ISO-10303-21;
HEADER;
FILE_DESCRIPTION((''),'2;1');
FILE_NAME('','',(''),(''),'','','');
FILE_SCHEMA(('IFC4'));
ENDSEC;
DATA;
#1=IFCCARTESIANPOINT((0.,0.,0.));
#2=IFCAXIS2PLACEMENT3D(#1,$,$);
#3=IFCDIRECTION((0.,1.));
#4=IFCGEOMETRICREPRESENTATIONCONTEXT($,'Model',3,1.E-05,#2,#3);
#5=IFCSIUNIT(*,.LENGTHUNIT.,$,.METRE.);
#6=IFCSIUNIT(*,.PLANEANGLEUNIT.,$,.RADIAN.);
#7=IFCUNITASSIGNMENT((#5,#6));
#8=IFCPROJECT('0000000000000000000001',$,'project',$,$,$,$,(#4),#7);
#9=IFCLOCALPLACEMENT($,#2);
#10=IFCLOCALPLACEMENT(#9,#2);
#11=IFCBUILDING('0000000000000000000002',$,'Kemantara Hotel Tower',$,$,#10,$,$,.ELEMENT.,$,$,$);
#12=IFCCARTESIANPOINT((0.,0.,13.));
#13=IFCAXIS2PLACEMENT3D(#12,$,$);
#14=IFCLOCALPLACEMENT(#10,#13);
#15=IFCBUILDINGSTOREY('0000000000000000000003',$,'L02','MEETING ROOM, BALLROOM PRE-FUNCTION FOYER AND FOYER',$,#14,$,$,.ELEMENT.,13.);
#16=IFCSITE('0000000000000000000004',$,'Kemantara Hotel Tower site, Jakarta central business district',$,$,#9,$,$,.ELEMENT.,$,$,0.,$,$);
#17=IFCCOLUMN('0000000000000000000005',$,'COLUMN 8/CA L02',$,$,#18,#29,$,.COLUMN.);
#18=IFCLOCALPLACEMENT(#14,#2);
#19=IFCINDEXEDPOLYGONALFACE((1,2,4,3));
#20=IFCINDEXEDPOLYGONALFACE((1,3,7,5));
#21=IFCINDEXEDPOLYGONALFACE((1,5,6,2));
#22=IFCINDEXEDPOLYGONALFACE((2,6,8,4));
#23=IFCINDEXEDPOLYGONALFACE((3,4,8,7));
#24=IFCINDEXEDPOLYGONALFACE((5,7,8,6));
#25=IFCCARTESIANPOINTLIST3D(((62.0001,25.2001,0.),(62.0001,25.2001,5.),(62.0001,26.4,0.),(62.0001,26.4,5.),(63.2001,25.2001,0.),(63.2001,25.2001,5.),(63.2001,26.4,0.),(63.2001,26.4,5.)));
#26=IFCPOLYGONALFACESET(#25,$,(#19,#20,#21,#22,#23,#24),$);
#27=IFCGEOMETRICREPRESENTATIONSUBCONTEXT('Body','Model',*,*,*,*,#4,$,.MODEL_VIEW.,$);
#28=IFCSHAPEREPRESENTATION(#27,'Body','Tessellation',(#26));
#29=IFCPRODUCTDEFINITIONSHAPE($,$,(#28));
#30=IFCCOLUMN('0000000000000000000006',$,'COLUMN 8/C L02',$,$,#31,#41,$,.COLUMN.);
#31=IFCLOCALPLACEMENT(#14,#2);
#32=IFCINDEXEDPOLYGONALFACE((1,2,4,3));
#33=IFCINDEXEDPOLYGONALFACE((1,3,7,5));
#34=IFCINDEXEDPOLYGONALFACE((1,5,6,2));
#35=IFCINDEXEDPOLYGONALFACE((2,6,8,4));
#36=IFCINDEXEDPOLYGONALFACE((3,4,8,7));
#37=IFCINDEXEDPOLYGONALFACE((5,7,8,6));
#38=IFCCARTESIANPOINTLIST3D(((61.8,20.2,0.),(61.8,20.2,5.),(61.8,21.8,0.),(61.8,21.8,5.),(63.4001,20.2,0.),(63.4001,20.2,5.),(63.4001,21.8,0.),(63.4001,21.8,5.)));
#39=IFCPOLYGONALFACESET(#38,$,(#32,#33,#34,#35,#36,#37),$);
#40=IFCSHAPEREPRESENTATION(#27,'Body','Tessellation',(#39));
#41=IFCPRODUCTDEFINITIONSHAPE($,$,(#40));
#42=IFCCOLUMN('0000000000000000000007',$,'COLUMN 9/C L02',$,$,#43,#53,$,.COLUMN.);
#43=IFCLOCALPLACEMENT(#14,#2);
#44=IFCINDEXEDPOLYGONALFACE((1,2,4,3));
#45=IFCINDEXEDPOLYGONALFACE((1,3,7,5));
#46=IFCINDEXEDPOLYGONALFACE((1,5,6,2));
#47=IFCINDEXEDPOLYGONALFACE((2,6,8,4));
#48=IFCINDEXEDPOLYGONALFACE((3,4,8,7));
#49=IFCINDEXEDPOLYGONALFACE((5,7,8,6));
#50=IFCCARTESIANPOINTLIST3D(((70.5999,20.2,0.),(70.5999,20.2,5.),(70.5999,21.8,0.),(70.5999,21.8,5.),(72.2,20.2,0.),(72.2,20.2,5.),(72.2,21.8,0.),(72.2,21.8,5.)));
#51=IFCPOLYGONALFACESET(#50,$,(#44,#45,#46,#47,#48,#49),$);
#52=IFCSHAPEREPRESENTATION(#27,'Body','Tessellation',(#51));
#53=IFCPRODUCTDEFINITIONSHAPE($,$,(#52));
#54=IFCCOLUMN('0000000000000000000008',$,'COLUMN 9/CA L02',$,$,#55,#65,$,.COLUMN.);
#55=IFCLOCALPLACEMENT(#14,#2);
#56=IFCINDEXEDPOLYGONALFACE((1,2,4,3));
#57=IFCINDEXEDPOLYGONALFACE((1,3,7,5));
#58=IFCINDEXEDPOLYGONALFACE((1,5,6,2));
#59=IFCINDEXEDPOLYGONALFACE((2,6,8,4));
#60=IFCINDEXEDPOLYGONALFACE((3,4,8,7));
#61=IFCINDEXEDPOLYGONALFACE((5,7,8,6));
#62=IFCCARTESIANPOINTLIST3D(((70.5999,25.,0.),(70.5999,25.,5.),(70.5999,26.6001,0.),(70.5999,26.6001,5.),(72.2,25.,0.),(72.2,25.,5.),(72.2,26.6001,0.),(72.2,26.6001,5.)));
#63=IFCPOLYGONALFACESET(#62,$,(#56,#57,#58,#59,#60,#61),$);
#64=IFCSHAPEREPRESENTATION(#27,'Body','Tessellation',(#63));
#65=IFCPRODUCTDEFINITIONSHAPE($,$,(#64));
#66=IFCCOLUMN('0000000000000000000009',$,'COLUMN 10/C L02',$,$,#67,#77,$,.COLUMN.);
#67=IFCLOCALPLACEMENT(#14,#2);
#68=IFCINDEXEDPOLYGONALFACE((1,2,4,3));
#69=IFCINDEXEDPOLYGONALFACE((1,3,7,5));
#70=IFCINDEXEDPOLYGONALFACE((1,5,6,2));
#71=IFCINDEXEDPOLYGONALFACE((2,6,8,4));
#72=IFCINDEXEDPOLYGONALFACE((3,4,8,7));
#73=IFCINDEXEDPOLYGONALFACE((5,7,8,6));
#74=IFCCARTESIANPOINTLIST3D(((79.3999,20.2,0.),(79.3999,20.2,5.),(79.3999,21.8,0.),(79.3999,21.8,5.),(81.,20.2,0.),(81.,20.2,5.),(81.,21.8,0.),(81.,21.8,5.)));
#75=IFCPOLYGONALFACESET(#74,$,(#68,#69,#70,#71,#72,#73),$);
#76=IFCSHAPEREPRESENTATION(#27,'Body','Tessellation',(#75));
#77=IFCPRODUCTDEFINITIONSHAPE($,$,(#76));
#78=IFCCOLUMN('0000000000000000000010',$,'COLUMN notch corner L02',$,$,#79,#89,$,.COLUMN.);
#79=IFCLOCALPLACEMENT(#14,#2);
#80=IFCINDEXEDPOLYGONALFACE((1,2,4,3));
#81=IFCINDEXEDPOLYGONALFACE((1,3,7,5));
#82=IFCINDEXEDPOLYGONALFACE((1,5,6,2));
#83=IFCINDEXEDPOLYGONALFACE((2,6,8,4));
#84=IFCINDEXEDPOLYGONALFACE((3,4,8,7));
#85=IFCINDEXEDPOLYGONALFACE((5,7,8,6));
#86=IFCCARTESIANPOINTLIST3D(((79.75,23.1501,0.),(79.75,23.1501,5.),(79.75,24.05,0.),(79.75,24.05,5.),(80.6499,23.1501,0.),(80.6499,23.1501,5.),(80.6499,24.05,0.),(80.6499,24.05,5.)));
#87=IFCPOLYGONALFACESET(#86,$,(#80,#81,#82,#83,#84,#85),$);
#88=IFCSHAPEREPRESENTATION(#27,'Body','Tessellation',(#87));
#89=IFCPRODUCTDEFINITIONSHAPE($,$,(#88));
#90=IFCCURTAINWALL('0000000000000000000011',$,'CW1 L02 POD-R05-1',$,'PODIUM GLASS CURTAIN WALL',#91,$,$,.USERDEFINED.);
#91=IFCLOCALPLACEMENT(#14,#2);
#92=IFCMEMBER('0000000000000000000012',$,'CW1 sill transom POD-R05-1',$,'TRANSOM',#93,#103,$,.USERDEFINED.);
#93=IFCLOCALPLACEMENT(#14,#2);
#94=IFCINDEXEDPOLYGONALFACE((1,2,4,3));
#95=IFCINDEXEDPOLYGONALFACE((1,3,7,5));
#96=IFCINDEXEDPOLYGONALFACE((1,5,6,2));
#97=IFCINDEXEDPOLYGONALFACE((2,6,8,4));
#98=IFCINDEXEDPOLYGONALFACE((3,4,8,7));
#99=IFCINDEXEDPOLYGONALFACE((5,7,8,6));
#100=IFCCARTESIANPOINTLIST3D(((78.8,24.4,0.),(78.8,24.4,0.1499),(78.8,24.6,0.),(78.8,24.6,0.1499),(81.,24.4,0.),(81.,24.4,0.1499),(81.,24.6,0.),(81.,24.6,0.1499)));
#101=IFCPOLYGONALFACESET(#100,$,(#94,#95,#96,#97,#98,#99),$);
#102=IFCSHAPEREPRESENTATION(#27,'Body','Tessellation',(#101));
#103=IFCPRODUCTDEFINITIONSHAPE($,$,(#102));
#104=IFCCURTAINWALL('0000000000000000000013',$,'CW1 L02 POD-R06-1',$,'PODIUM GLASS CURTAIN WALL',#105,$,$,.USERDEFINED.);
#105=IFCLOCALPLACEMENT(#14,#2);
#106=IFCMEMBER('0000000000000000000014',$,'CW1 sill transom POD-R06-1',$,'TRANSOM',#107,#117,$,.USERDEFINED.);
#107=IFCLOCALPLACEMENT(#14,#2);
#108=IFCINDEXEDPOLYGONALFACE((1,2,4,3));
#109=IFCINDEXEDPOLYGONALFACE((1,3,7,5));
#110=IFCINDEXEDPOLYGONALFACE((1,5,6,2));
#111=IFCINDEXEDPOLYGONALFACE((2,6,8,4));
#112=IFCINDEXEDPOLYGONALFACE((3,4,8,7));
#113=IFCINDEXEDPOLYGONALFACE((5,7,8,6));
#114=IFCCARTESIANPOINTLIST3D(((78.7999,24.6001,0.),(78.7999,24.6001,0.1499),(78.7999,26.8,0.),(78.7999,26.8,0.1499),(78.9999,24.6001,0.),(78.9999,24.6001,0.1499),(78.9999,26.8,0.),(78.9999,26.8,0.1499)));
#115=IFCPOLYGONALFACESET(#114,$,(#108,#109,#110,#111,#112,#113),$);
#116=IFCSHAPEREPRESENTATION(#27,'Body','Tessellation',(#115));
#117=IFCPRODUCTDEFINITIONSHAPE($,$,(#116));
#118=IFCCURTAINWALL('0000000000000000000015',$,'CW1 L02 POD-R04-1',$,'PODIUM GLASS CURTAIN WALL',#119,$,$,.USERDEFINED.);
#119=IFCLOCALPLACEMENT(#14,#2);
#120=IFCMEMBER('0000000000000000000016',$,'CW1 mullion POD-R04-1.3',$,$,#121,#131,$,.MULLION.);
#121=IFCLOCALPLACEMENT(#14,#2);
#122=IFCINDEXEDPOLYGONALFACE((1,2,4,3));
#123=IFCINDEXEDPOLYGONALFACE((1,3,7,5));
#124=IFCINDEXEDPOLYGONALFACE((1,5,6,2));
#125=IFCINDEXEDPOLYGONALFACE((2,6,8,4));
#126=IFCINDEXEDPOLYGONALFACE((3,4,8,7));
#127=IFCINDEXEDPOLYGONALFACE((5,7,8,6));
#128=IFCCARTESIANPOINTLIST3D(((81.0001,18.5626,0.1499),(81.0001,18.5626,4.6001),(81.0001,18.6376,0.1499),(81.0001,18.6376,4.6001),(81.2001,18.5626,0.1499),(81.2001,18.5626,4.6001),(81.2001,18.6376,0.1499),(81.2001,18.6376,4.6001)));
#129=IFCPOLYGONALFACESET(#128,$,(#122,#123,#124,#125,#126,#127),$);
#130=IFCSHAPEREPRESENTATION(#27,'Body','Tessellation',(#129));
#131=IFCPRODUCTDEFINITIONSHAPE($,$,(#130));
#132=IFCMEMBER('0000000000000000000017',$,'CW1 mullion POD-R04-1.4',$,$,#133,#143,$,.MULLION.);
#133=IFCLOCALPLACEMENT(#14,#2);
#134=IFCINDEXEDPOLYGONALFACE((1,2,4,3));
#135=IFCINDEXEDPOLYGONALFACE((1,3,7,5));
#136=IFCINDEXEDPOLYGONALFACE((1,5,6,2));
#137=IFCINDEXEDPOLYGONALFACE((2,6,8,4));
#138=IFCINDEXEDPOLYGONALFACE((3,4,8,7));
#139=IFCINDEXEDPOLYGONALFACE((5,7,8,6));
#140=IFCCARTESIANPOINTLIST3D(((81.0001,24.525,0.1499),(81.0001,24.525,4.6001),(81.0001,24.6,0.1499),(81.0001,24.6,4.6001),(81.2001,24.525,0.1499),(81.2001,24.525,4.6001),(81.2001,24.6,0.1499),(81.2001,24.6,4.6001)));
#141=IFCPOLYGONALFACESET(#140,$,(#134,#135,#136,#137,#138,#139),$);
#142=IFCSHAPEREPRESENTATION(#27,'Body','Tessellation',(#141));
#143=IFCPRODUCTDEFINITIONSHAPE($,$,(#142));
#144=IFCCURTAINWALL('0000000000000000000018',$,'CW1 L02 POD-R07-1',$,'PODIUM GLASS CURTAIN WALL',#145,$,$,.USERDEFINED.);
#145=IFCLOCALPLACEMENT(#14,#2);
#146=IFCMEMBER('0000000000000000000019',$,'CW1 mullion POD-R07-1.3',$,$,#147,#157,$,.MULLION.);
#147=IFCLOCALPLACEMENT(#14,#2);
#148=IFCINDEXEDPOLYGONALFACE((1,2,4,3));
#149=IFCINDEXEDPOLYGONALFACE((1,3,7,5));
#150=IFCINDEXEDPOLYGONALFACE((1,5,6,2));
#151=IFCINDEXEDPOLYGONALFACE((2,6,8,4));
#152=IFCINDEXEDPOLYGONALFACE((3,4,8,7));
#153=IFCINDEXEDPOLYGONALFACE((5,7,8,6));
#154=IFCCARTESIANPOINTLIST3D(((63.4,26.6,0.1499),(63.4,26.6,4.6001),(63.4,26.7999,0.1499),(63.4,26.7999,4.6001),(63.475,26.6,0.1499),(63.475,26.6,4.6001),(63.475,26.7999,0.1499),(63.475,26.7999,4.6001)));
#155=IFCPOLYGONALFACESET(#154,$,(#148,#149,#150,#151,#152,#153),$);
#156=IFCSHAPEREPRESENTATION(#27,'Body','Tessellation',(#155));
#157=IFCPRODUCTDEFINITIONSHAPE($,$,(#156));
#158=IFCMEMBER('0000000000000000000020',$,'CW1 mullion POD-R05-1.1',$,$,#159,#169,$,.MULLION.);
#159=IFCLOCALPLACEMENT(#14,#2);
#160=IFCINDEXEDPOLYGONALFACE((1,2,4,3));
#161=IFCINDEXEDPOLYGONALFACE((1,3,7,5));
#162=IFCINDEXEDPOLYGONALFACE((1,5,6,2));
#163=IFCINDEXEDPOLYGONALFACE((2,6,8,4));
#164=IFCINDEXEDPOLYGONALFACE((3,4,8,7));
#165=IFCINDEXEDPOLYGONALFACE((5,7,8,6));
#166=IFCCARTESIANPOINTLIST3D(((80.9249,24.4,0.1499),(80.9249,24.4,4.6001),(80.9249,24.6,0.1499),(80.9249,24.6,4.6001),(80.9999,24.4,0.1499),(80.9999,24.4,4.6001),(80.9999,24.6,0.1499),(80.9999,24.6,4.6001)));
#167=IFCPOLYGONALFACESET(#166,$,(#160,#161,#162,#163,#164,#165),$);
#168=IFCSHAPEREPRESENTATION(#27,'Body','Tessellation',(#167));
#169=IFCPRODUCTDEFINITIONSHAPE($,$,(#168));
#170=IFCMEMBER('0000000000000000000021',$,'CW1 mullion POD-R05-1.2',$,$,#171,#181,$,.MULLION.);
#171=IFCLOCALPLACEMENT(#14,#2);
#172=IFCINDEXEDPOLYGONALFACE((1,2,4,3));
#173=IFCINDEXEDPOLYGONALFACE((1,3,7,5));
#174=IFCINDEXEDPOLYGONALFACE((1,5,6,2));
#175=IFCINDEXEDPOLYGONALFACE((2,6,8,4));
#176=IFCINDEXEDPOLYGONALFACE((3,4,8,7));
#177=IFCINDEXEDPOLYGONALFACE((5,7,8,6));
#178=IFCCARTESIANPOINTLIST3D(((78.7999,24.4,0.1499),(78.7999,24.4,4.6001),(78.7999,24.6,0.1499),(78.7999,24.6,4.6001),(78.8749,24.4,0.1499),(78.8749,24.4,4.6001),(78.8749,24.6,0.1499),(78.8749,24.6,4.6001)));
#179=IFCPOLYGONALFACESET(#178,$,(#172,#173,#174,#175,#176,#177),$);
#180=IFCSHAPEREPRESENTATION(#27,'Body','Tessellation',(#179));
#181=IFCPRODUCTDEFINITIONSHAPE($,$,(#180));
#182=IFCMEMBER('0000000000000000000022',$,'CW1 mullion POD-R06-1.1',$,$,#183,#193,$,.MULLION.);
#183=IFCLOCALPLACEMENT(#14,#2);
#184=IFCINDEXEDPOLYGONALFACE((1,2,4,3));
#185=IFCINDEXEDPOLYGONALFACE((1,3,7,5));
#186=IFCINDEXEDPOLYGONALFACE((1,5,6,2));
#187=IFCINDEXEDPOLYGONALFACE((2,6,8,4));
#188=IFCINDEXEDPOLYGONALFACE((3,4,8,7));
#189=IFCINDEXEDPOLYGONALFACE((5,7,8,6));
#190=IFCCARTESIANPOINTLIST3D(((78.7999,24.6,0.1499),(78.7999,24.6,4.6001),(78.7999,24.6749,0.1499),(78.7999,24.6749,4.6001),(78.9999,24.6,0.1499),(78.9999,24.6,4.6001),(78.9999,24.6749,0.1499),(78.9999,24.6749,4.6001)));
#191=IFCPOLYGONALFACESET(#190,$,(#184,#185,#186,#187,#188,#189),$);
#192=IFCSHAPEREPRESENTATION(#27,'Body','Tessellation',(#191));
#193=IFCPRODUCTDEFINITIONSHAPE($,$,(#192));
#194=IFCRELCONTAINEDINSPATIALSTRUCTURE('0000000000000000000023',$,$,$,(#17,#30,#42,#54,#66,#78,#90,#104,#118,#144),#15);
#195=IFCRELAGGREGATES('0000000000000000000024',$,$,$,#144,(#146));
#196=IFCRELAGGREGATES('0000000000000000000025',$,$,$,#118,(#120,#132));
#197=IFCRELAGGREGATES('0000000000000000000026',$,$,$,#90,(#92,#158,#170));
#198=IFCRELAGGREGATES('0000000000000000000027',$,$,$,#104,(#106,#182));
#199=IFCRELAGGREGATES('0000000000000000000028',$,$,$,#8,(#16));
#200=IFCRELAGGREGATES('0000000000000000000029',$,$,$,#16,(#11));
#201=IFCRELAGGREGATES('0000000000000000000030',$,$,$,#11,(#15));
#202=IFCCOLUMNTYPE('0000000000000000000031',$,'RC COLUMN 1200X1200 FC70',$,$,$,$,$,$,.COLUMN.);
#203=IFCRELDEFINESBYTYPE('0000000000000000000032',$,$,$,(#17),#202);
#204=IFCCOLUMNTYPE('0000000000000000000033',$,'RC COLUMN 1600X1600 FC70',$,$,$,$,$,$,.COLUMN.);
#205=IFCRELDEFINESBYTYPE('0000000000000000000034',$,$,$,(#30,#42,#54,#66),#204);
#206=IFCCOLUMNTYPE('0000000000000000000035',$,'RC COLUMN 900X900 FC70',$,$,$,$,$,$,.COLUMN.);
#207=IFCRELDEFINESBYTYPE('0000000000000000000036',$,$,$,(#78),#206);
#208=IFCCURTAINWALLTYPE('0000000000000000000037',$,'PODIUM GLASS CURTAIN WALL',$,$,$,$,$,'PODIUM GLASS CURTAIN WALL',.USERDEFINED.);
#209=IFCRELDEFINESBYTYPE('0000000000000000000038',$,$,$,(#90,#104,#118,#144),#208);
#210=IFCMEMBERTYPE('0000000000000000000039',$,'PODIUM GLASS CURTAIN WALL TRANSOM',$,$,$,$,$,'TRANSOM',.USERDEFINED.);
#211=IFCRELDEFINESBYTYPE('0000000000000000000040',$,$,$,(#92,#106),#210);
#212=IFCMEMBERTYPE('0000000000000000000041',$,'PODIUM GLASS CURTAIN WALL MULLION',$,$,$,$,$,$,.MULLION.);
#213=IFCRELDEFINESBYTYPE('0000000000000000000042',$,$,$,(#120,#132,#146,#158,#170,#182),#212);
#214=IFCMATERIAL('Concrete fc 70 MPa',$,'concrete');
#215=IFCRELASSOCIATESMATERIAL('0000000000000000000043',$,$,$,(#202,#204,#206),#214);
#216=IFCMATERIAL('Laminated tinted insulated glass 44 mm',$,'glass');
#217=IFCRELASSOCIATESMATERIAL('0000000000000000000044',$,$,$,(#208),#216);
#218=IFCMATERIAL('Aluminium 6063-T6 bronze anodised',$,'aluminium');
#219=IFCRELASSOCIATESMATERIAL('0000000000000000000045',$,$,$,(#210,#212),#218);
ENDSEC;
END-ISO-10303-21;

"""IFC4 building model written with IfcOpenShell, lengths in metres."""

from ifc_helpers import new_model, si_unit, direction, frame, origin, origin_2d, place, context, subcontext, project, spatial, rectangle, extrude, source, transform, mapped, material, material_profile, profile_set, type_object, element, aggregate, save


model = new_model("IFC4")

# Units and contexts
model_context = context("Model", 3, precision=1e-05, world=origin(), true_north=direction((0.0, 1.0)))
body_context = subcontext(model_context, "Body", "Model", "MODEL_VIEW")
ifc_project = project(units=[si_unit("LENGTHUNIT", "METRE"), si_unit("PLANEANGLEUNIT", "RADIAN")], contexts=[model_context])

# Site, building, storey
site_placement = place(None, origin())
site = spatial("IfcSite", under=ifc_project, at=site_placement, Name="Kemantara Hotel Tower site, Jakarta central business district", CompositionType="ELEMENT", RefElevation=0.0)
building_placement = place(site_placement, origin())
building = spatial("IfcBuilding", under=site, at=building_placement, Name="Kemantara Hotel Tower", CompositionType="ELEMENT")
storey_placement = place(building_placement, frame((0.0, 0.0, 13.0)))
storey = spatial("IfcBuildingStorey", under=building, at=storey_placement, Name="L02", Description="MEETING ROOM, BALLROOM PRE-FUNCTION FOYER AND FOYER", CompositionType="ELEMENT", Elevation=13.0)

# Columns
ifc_material_1 = material(Name="Concrete fc 70 MPa", Category="concrete")
ifc_material_profile_1 = material_profile(ifc_material_1, rectangle(XDim=1.2, YDim=1.2, at=origin_2d()), Name="RC 1200X1200")
ifc_profile_set_1 = profile_set([ifc_material_profile_1], Name="Concrete fc 70 MPa")
column_type_1 = type_object("IfcColumnType", Name="RC COLUMN 1200X1200 FC70", PredefinedType="COLUMN", material=ifc_profile_set_1)
column_1_placement = place(storey_placement, frame((62.6001, 25.8, 0.0), z_axis=(0.0, 0.0, 1.0), x_axis=(1.0, 0.0, 0.0)))
element("IfcColumn", 1, at=column_1_placement, inside=storey, type_object=column_type_1, Name="COLUMN 8/CA L02", PredefinedType="COLUMN", context=body_context, shape_type="SweptSolid", body=[
    extrude(rectangle(XDim=1.2, YDim=1.2, at=origin_2d()), origin(), (0.0, 0.0, 1.0), 5.0),
])
ifc_material_profile_2 = material_profile(ifc_material_1, rectangle(XDim=1.6001, YDim=1.6001, at=origin_2d()), Name="RC 1600X1600")
ifc_profile_set_2 = profile_set([ifc_material_profile_2], Name="Concrete fc 70 MPa")
column_type_2 = type_object("IfcColumnType", Name="RC COLUMN 1600X1600 FC70", PredefinedType="COLUMN", material=ifc_profile_set_2)
for number, where, z_axis, x_axis, name in (
    (2, (62.6001, 21.0, 0.0), (0.0, 0.0, 1.0), (1.0, 0.0, 0.0), "COLUMN 8/C L02"),
    (3, (71.3999, 21.0, 0.0), (0.0, 0.0, 1.0), (1.0, 0.0, 0.0), "COLUMN 9/C L02"),
    (4, (71.3999, 25.8, 0.0), (0.0, 0.0, 1.0), (1.0, 0.0, 0.0), "COLUMN 9/CA L02"),
    (5, (80.2, 21.0, 0.0), (0.0, 0.0, 1.0), (1.0, 0.0, 0.0), "COLUMN 10/C L02"),
):
    element("IfcColumn", number, at=place(storey_placement, frame(where, z_axis=z_axis, x_axis=x_axis)), inside=storey, type_object=column_type_2, Name=name, PredefinedType="COLUMN", context=body_context, shape_type="SweptSolid", body=[
        extrude(rectangle(XDim=1.6001, YDim=1.6001, at=origin_2d()), origin(), (0.0, 0.0, 1.0), 5.0),
    ])
ifc_material_profile_3 = material_profile(ifc_material_1, rectangle(XDim=0.8999, YDim=0.8999, at=origin_2d()), Name="RC 900X900")
ifc_profile_set_3 = profile_set([ifc_material_profile_3], Name="Concrete fc 70 MPa")
column_type_3 = type_object("IfcColumnType", Name="RC COLUMN 900X900 FC70", PredefinedType="COLUMN", material=ifc_profile_set_3)
column_2_placement = place(storey_placement, frame((80.2, 23.6001, 0.0), z_axis=(0.0, 0.0, 1.0), x_axis=(1.0, 0.0, 0.0)))
element("IfcColumn", 6, at=column_2_placement, inside=storey, type_object=column_type_3, Name="COLUMN notch corner L02", PredefinedType="COLUMN", context=body_context, shape_type="SweptSolid", body=[
    extrude(rectangle(XDim=0.8999, YDim=0.8999, at=origin_2d()), origin(), (0.0, 0.0, 1.0), 5.0),
])

# Curtain walls, members
ifc_material_2 = material(Name="Laminated tinted insulated glass 44 mm", Category="glass")
curtain_wall_type = type_object("IfcCurtainWallType", Name="PODIUM GLASS CURTAIN WALL", ElementType="PODIUM GLASS CURTAIN WALL", PredefinedType="USERDEFINED", material=ifc_material_2)
curtain_wall_1_placement = place(storey_placement, origin())
curtain_wall_1 = element("IfcCurtainWall", 7, at=curtain_wall_1_placement, inside=storey, type_object=curtain_wall_type, Name="CW1 L02 POD-R05-1", ObjectType="PODIUM GLASS CURTAIN WALL", PredefinedType="USERDEFINED")
ifc_material_3 = material(Name="Aluminium 6063-T6 bronze anodised", Category="aluminium")
ifc_material_profile_4 = material_profile(ifc_material_3, rectangle(XDim=0.2, YDim=0.1499, at=origin_2d()), Name="PODIUM GLASS CURTAIN WALL TRANSOM")
ifc_profile_set_4 = profile_set([ifc_material_profile_4], Name="Aluminium 6063-T6 bronze anodised")
member_type_1 = type_object("IfcMemberType", Name="PODIUM GLASS CURTAIN WALL TRANSOM", ElementType="TRANSOM", PredefinedType="USERDEFINED", material=ifc_profile_set_4)
member_1_placement = place(storey_placement, frame((81.0, 24.5, 0.075), z_axis=(-1.0, 0.0, 0.0), x_axis=(0.0, -1.0, 0.0)))
member_1 = element("IfcMember", 8, at=member_1_placement, type_object=member_type_1, Name="CW1 sill transom POD-R05-1", ObjectType="TRANSOM", PredefinedType="USERDEFINED", context=body_context, shape_type="SweptSolid", body=[
    extrude(rectangle(XDim=0.2, YDim=0.1499, at=origin_2d()), origin(), (0.0, 0.0, 1.0), 2.2),
])
curtain_wall_2_placement = place(storey_placement, origin())
curtain_wall_2 = element("IfcCurtainWall", 9, at=curtain_wall_2_placement, inside=storey, type_object=curtain_wall_type, Name="CW1 L02 POD-R06-1", ObjectType="PODIUM GLASS CURTAIN WALL", PredefinedType="USERDEFINED")
member_2_placement = place(storey_placement, frame((78.8999, 24.6001, 0.075), z_axis=(0.0, 1.0, 0.0), x_axis=(-1.0, 0.0, 0.0)))
member_2 = element("IfcMember", 10, at=member_2_placement, type_object=member_type_1, Name="CW1 sill transom POD-R06-1", ObjectType="TRANSOM", PredefinedType="USERDEFINED", context=body_context, shape_type="SweptSolid", body=[
    extrude(rectangle(XDim=0.2, YDim=0.1499, at=origin_2d()), origin(), (0.0, 0.0, 1.0), 2.2),
])

# Curtain wall, members
curtain_wall_3_placement = place(storey_placement, origin())
curtain_wall_3 = element("IfcCurtainWall", 11, at=curtain_wall_3_placement, inside=storey, type_object=curtain_wall_type, Name="CW1 L02 POD-R04-1", ObjectType="PODIUM GLASS CURTAIN WALL", PredefinedType="USERDEFINED")
ifc_material_profile_5 = material_profile(ifc_material_3, rectangle(XDim=0.2, YDim=0.075, at=origin_2d()), Name="PODIUM GLASS CURTAIN WALL MULLION")
ifc_profile_set_5 = profile_set([ifc_material_profile_5], Name="Aluminium 6063-T6 bronze anodised")
member_type_2 = type_object("IfcMemberType", Name="PODIUM GLASS CURTAIN WALL MULLION", PredefinedType="MULLION", material=ifc_profile_set_5)
shared_shape_1 = source(origin(), body_context, "Body", "SweptSolid", [
    extrude(rectangle(XDim=0.2, YDim=0.075, at=origin_2d()), origin(), (0.0, 0.0, 1.0), 4.4502),
])
member_3_placement = place(storey_placement, frame((81.1001, 18.6001, 0.1499), z_axis=(0.0, 0.0, 1.0), x_axis=(-1.0, 0.0, 0.0)))
member_3 = element("IfcMember", 12, at=member_3_placement, type_object=member_type_2, Name="CW1 mullion POD-R04-1.3", PredefinedType="MULLION", context=body_context, shape_type="MappedRepresentation", body=[
    mapped(shared_shape_1, transform((0.0, 0.0, 0.0))),
])
member_4_placement = place(storey_placement, frame((81.1001, 24.5625, 0.1499), z_axis=(0.0, 0.0, 1.0), x_axis=(-1.0, 0.0, 0.0)))
member_4 = element("IfcMember", 13, at=member_4_placement, type_object=member_type_2, Name="CW1 mullion POD-R04-1.4", PredefinedType="MULLION", context=body_context, shape_type="MappedRepresentation", body=[
    mapped(shared_shape_1, transform((0.0, 0.0, 0.0))),
])

# Curtain wall, member
curtain_wall_4_placement = place(storey_placement, origin())
curtain_wall_4 = element("IfcCurtainWall", 14, at=curtain_wall_4_placement, inside=storey, type_object=curtain_wall_type, Name="CW1 L02 POD-R07-1", ObjectType="PODIUM GLASS CURTAIN WALL", PredefinedType="USERDEFINED")
member_5_placement = place(storey_placement, frame((63.4375, 26.7, 0.1499), z_axis=(0.0, 0.0, 1.0), x_axis=(0.0, -1.0, 0.0)))
member_5 = element("IfcMember", 15, at=member_5_placement, type_object=member_type_2, Name="CW1 mullion POD-R07-1.3", PredefinedType="MULLION", context=body_context, shape_type="MappedRepresentation", body=[
    mapped(shared_shape_1, transform((0.0, 0.0, 0.0))),
])
aggregate(curtain_wall_4, [member_5])

# Members
member_6_placement = place(storey_placement, frame((80.9624, 24.5, 0.1499), z_axis=(0.0, 0.0, 1.0), x_axis=(0.0, -1.0, 0.0)))
member_6 = element("IfcMember", 16, at=member_6_placement, type_object=member_type_2, Name="CW1 mullion POD-R05-1.1", PredefinedType="MULLION", context=body_context, shape_type="MappedRepresentation", body=[
    mapped(shared_shape_1, transform((0.0, 0.0, 0.0))),
])
member_7_placement = place(storey_placement, frame((78.8374, 24.5, 0.1499), z_axis=(0.0, 0.0, 1.0), x_axis=(0.0, -1.0, 0.0)))
member_7 = element("IfcMember", 17, at=member_7_placement, type_object=member_type_2, Name="CW1 mullion POD-R05-1.2", PredefinedType="MULLION", context=body_context, shape_type="MappedRepresentation", body=[
    mapped(shared_shape_1, transform((0.0, 0.0, 0.0))),
])
member_8_placement = place(storey_placement, frame((78.8999, 24.6375, 0.1499), z_axis=(0.0, 0.0, 1.0), x_axis=(-1.0, 0.0, 0.0)))
member_8 = element("IfcMember", 18, at=member_8_placement, type_object=member_type_2, Name="CW1 mullion POD-R06-1.1", PredefinedType="MULLION", context=body_context, shape_type="MappedRepresentation", body=[
    mapped(shared_shape_1, transform((0.0, 0.0, 0.0))),
])

aggregate(curtain_wall_3, [member_3, member_4])
aggregate(curtain_wall_1, [member_1, member_6, member_7])
aggregate(curtain_wall_2, [member_2, member_8])

save(model, "model.ifc")
